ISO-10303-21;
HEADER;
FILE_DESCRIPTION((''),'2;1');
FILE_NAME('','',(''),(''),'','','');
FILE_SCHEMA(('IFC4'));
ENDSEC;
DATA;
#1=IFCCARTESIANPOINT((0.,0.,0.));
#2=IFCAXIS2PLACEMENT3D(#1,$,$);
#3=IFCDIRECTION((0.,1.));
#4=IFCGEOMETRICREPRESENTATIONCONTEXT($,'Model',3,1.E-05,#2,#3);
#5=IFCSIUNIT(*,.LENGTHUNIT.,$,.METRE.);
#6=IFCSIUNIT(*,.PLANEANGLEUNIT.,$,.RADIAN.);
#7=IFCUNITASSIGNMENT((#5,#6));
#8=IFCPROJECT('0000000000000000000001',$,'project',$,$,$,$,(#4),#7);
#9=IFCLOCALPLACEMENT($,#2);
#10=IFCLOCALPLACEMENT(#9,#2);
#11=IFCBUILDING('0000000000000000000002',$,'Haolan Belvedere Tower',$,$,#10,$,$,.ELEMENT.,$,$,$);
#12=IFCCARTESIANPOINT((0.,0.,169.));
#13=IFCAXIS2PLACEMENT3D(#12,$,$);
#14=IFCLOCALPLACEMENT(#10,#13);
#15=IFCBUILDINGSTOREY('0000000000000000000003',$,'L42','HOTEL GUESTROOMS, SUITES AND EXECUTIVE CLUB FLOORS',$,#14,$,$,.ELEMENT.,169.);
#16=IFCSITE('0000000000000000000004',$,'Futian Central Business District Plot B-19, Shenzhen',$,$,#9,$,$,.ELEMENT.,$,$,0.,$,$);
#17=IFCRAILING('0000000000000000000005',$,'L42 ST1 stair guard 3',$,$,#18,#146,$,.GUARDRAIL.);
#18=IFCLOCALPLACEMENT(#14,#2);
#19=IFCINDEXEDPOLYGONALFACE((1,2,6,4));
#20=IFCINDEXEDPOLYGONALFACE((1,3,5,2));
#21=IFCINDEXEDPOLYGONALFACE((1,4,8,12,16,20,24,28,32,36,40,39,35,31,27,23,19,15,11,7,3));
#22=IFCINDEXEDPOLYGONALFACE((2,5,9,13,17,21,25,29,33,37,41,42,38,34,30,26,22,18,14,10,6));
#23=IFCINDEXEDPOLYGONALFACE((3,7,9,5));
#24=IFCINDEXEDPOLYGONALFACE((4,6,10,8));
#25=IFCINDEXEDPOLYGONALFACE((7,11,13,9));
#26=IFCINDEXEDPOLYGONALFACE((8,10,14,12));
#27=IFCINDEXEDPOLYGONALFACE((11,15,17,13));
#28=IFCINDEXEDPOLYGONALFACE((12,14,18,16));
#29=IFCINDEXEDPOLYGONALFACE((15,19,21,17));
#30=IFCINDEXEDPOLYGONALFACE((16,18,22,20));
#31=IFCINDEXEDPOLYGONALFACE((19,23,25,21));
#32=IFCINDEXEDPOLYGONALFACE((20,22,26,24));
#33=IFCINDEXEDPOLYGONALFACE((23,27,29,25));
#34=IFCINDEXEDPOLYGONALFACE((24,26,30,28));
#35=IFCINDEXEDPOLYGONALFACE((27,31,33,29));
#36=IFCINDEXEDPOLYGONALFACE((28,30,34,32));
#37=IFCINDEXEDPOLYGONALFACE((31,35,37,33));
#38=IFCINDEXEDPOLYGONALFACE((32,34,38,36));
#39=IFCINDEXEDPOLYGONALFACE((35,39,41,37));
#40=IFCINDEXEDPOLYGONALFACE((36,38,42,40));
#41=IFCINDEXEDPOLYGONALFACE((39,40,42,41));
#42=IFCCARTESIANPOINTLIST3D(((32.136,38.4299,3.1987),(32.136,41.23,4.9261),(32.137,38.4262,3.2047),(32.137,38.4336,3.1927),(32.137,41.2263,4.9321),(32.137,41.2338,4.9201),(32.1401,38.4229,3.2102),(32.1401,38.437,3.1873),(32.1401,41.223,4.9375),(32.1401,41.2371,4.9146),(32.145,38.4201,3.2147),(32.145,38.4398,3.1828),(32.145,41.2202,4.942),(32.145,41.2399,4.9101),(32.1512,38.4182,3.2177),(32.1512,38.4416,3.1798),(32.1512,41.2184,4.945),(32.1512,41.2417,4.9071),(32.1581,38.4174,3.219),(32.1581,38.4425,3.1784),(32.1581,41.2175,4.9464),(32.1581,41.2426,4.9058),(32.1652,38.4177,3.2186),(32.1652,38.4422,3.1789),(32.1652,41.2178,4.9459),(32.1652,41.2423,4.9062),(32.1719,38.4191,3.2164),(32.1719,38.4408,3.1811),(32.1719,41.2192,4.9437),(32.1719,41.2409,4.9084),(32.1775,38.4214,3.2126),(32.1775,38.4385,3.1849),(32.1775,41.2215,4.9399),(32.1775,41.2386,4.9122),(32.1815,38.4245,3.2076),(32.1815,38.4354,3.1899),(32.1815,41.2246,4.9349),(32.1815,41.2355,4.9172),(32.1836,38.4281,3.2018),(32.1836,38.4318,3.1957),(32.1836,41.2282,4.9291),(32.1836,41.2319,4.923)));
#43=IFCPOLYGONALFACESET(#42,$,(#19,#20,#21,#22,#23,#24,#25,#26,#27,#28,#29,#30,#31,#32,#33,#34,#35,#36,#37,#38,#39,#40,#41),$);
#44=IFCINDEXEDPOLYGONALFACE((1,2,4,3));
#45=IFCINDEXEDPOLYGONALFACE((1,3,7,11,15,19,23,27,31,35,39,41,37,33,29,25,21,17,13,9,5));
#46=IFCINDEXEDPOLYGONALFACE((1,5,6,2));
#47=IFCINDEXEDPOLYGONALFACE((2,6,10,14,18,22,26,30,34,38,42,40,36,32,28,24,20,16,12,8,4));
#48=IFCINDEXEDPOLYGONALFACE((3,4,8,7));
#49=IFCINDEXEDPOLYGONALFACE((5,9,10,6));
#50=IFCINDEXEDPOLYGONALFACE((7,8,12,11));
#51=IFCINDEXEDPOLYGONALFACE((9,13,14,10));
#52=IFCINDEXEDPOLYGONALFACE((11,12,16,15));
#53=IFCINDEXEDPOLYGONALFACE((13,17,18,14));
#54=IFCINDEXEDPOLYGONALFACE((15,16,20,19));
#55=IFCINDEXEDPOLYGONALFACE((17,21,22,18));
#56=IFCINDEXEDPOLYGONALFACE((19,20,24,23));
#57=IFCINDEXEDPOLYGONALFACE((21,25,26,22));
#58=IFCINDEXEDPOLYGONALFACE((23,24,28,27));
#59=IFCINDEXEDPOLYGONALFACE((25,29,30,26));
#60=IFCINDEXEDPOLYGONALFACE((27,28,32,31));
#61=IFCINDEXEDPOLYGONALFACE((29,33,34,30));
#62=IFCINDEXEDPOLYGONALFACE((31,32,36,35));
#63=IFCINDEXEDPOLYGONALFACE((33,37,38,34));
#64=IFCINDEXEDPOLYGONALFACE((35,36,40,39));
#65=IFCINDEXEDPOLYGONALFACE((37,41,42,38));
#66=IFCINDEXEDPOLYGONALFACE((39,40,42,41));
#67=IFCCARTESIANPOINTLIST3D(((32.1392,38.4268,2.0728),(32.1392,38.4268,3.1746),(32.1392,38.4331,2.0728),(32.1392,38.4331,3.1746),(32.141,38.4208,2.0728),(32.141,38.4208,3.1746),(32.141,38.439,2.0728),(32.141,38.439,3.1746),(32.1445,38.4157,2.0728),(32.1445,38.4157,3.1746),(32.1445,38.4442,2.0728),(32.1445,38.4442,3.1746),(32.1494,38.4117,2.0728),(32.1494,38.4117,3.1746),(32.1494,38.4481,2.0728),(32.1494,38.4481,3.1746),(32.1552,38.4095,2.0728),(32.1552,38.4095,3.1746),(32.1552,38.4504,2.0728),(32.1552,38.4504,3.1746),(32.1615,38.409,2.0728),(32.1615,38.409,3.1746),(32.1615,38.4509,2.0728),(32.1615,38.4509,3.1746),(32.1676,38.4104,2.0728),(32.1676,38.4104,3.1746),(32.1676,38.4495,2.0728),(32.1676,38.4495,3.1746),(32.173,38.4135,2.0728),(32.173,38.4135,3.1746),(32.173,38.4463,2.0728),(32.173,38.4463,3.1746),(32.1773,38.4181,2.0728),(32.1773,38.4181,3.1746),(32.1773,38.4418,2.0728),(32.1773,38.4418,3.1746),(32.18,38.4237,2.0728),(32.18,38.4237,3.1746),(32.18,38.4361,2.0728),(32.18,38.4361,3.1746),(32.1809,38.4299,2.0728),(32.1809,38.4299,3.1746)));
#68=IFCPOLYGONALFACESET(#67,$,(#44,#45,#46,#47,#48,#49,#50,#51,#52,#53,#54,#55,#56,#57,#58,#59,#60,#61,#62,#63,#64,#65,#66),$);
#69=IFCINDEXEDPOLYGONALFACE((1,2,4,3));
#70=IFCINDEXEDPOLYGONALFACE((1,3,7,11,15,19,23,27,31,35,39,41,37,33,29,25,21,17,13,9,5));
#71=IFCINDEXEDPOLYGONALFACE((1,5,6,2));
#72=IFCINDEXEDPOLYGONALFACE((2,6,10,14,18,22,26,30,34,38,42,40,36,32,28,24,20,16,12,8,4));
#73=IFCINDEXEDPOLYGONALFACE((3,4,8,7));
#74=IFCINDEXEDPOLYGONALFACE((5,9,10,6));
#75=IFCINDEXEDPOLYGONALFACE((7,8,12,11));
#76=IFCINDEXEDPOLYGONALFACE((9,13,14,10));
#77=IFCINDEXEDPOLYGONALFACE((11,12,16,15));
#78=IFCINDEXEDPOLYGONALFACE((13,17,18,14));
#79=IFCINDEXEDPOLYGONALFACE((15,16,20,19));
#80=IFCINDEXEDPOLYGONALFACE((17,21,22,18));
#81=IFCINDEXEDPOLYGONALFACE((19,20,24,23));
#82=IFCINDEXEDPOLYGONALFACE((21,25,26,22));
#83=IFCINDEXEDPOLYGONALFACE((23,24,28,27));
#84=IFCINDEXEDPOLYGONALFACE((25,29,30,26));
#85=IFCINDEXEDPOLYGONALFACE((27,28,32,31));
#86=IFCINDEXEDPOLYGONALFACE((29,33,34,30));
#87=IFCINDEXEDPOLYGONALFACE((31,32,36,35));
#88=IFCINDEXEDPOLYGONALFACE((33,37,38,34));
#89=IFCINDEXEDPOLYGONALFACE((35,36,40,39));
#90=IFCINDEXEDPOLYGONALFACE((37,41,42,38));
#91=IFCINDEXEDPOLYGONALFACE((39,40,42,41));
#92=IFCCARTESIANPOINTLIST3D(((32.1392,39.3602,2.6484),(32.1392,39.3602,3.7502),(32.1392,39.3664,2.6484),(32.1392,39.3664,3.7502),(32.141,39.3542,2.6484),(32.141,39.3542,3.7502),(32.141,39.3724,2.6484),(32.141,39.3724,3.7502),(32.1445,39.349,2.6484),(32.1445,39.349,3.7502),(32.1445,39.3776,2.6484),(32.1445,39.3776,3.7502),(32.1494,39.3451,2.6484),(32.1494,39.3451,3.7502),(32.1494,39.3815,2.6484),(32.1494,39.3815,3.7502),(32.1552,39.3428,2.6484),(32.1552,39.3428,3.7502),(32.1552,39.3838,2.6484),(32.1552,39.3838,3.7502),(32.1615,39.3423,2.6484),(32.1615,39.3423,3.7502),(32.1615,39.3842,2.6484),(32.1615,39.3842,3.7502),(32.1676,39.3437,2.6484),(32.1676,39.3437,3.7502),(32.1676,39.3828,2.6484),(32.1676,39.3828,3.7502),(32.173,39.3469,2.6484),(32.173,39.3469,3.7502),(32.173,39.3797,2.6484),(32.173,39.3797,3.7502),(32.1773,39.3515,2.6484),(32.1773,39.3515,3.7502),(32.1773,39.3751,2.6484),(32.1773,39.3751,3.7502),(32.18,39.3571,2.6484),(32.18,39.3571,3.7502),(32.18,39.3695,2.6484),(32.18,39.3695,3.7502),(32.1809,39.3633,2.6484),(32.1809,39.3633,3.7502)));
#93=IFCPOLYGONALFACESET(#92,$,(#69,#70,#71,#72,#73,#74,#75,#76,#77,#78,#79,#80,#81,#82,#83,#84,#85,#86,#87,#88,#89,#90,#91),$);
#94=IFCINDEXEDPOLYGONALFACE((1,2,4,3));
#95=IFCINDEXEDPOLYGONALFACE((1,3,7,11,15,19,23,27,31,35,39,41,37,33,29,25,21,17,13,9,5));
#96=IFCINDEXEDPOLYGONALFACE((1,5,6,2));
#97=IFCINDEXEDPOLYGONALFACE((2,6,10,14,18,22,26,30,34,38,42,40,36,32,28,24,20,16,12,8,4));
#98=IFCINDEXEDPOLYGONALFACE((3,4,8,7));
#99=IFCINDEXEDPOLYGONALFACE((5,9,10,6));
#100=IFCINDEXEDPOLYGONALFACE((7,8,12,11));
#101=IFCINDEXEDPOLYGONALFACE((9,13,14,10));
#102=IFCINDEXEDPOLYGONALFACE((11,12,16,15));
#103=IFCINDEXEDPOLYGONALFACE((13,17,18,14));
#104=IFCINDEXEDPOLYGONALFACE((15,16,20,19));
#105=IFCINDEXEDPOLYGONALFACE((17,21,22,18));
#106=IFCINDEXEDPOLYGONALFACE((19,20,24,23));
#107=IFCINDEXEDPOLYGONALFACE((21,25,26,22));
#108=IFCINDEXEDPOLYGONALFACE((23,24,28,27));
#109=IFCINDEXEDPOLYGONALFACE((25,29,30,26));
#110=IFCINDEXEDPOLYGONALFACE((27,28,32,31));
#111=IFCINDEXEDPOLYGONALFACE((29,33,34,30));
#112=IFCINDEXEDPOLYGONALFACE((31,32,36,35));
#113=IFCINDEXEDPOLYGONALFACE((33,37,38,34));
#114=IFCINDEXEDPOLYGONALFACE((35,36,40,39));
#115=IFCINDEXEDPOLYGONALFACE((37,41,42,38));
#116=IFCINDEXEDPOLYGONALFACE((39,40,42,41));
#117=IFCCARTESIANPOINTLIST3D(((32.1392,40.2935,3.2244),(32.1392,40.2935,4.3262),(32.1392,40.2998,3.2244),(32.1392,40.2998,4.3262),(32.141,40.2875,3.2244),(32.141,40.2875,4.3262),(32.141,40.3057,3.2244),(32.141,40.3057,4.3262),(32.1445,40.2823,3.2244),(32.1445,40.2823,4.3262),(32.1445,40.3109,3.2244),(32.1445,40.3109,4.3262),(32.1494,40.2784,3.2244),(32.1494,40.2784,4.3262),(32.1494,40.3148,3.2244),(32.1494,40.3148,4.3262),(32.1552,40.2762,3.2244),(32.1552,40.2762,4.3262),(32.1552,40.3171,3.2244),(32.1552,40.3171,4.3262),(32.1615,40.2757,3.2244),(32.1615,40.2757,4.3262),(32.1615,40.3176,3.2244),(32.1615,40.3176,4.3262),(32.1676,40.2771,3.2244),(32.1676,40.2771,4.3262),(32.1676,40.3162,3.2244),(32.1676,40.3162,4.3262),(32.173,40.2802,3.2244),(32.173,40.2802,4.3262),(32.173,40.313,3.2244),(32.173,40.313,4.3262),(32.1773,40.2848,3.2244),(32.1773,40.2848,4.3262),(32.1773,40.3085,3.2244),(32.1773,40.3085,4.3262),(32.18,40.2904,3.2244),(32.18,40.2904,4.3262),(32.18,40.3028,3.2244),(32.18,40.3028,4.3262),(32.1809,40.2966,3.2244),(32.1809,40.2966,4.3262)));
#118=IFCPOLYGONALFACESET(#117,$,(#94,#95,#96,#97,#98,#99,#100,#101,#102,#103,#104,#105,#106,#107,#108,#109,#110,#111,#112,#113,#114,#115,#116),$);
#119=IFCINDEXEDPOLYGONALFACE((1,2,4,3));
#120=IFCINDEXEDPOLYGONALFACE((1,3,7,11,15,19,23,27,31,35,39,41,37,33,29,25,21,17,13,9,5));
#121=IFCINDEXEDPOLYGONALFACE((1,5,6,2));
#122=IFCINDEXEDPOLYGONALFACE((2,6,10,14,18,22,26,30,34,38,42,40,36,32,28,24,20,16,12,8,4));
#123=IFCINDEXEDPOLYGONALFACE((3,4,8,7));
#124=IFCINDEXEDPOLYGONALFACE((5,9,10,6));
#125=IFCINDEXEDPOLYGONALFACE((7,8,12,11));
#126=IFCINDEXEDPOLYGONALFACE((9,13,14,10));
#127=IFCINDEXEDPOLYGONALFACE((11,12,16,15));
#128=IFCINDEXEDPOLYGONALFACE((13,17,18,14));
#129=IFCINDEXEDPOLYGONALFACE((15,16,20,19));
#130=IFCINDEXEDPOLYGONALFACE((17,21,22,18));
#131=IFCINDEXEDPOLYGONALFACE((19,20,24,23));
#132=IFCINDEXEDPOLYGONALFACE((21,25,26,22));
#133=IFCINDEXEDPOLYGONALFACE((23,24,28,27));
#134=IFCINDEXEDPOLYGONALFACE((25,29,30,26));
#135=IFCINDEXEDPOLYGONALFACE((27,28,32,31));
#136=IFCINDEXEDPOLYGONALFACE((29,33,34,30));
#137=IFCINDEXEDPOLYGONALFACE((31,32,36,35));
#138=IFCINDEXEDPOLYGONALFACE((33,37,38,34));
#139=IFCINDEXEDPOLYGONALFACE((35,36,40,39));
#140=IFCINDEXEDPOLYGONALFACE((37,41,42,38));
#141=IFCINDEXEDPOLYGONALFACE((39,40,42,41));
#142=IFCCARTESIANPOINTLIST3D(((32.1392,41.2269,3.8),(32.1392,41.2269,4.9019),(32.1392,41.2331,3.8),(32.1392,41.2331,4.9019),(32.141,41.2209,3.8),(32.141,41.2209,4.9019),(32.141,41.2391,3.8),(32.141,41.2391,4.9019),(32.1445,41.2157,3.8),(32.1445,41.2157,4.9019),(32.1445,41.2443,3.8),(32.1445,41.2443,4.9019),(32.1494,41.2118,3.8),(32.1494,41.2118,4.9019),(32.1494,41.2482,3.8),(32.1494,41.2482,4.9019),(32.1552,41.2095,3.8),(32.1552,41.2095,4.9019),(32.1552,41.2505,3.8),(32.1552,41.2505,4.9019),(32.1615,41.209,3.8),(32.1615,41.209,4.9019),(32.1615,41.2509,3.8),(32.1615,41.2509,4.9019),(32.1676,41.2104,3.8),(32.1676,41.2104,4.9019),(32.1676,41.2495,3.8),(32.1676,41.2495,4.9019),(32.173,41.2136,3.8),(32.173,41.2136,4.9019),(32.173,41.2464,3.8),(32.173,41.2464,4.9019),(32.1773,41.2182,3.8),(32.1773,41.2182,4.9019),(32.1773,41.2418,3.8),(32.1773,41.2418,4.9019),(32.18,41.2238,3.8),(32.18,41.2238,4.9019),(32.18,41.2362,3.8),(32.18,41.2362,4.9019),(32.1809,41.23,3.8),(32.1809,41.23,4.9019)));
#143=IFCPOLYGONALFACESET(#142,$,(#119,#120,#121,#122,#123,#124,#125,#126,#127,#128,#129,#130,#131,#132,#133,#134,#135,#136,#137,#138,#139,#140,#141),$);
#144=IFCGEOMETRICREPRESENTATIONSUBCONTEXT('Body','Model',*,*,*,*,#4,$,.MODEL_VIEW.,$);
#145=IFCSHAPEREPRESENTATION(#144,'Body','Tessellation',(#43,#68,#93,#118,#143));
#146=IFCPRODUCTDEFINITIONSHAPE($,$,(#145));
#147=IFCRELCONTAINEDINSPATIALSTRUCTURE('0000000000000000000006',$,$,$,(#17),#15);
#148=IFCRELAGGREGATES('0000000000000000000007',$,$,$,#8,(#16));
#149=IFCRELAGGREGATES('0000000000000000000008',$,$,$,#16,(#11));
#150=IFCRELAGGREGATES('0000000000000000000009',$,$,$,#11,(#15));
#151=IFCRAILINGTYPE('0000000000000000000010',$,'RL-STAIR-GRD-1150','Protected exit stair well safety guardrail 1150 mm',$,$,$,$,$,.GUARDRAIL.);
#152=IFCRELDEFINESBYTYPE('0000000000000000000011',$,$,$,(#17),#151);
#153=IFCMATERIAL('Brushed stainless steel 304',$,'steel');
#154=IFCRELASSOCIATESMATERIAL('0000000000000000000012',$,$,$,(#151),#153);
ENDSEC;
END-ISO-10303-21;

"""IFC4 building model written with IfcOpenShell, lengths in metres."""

from ifc_helpers import new_model, si_unit, direction, frame, origin, origin_2d, place, context, subcontext, project, spatial, circle, extrude, material, type_object, element, save


model = new_model("IFC4")

# Units and contexts
model_context = context("Model", 3, precision=1e-05, world=origin(), true_north=direction((0.0, 1.0)))
body_context = subcontext(model_context, "Body", "Model", "MODEL_VIEW")
ifc_project = project(units=[si_unit("LENGTHUNIT", "METRE"), si_unit("PLANEANGLEUNIT", "RADIAN")], contexts=[model_context])

# Site, building, storey
site_placement = place(None, origin())
site = spatial("IfcSite", under=ifc_project, at=site_placement, Name="Futian Central Business District Plot B-19, Shenzhen", CompositionType="ELEMENT", RefElevation=0.0)
building_placement = place(site_placement, origin())
building = spatial("IfcBuilding", under=site, at=building_placement, Name="Haolan Belvedere Tower", CompositionType="ELEMENT")
storey_placement = place(building_placement, frame((0.0, 0.0, 169.0)))
storey = spatial("IfcBuildingStorey", under=building, at=storey_placement, Name="L42", Description="HOTEL GUESTROOMS, SUITES AND EXECUTIVE CLUB FLOORS", CompositionType="ELEMENT", Elevation=169.0)

# Railing
ifc_material_1 = material(Name="Brushed stainless steel 304", Category="steel")
railing_type_1 = type_object("IfcRailingType", Name="RL-STAIR-GRD-1150", Description="Protected exit stair well safety guardrail 1150 mm", PredefinedType="GUARDRAIL", material=ifc_material_1)
railing_1_placement = place(storey_placement, frame((32.1599, 38.4299, 2.0728)))
element("IfcRailing", 1, at=railing_1_placement, inside=storey, type_object=railing_type_1, Name="L42 ST1 stair guard 3", PredefinedType="GUARDRAIL", context=body_context, shape_type="SweptSolid", body=[
    extrude(circle(Radius=0.0239, at=origin_2d()), frame((0.0, 0.0, 1.126), z_axis=(0.0, 0.85109, 0.52502), x_axis=(-1.0, 0.0, 0.0)), (0.0, 0.0, 1.0), 3.29),
    extrude(circle(Radius=0.021, at=origin_2d()), origin(), (0.0, 0.0, 1.0), 1.1018),
    extrude(circle(Radius=0.021, at=origin_2d()), frame((0.0, 0.9333, 0.5757)), (0.0, 0.0, 1.0), 1.1018),
    extrude(circle(Radius=0.021, at=origin_2d()), frame((0.0, 1.8667, 1.1516)), (0.0, 0.0, 1.0), 1.1018),
    extrude(circle(Radius=0.021, at=origin_2d()), frame((0.0, 2.8, 1.7273)), (0.0, 0.0, 1.0), 1.1018),
])

save(model, "model.ifc")
